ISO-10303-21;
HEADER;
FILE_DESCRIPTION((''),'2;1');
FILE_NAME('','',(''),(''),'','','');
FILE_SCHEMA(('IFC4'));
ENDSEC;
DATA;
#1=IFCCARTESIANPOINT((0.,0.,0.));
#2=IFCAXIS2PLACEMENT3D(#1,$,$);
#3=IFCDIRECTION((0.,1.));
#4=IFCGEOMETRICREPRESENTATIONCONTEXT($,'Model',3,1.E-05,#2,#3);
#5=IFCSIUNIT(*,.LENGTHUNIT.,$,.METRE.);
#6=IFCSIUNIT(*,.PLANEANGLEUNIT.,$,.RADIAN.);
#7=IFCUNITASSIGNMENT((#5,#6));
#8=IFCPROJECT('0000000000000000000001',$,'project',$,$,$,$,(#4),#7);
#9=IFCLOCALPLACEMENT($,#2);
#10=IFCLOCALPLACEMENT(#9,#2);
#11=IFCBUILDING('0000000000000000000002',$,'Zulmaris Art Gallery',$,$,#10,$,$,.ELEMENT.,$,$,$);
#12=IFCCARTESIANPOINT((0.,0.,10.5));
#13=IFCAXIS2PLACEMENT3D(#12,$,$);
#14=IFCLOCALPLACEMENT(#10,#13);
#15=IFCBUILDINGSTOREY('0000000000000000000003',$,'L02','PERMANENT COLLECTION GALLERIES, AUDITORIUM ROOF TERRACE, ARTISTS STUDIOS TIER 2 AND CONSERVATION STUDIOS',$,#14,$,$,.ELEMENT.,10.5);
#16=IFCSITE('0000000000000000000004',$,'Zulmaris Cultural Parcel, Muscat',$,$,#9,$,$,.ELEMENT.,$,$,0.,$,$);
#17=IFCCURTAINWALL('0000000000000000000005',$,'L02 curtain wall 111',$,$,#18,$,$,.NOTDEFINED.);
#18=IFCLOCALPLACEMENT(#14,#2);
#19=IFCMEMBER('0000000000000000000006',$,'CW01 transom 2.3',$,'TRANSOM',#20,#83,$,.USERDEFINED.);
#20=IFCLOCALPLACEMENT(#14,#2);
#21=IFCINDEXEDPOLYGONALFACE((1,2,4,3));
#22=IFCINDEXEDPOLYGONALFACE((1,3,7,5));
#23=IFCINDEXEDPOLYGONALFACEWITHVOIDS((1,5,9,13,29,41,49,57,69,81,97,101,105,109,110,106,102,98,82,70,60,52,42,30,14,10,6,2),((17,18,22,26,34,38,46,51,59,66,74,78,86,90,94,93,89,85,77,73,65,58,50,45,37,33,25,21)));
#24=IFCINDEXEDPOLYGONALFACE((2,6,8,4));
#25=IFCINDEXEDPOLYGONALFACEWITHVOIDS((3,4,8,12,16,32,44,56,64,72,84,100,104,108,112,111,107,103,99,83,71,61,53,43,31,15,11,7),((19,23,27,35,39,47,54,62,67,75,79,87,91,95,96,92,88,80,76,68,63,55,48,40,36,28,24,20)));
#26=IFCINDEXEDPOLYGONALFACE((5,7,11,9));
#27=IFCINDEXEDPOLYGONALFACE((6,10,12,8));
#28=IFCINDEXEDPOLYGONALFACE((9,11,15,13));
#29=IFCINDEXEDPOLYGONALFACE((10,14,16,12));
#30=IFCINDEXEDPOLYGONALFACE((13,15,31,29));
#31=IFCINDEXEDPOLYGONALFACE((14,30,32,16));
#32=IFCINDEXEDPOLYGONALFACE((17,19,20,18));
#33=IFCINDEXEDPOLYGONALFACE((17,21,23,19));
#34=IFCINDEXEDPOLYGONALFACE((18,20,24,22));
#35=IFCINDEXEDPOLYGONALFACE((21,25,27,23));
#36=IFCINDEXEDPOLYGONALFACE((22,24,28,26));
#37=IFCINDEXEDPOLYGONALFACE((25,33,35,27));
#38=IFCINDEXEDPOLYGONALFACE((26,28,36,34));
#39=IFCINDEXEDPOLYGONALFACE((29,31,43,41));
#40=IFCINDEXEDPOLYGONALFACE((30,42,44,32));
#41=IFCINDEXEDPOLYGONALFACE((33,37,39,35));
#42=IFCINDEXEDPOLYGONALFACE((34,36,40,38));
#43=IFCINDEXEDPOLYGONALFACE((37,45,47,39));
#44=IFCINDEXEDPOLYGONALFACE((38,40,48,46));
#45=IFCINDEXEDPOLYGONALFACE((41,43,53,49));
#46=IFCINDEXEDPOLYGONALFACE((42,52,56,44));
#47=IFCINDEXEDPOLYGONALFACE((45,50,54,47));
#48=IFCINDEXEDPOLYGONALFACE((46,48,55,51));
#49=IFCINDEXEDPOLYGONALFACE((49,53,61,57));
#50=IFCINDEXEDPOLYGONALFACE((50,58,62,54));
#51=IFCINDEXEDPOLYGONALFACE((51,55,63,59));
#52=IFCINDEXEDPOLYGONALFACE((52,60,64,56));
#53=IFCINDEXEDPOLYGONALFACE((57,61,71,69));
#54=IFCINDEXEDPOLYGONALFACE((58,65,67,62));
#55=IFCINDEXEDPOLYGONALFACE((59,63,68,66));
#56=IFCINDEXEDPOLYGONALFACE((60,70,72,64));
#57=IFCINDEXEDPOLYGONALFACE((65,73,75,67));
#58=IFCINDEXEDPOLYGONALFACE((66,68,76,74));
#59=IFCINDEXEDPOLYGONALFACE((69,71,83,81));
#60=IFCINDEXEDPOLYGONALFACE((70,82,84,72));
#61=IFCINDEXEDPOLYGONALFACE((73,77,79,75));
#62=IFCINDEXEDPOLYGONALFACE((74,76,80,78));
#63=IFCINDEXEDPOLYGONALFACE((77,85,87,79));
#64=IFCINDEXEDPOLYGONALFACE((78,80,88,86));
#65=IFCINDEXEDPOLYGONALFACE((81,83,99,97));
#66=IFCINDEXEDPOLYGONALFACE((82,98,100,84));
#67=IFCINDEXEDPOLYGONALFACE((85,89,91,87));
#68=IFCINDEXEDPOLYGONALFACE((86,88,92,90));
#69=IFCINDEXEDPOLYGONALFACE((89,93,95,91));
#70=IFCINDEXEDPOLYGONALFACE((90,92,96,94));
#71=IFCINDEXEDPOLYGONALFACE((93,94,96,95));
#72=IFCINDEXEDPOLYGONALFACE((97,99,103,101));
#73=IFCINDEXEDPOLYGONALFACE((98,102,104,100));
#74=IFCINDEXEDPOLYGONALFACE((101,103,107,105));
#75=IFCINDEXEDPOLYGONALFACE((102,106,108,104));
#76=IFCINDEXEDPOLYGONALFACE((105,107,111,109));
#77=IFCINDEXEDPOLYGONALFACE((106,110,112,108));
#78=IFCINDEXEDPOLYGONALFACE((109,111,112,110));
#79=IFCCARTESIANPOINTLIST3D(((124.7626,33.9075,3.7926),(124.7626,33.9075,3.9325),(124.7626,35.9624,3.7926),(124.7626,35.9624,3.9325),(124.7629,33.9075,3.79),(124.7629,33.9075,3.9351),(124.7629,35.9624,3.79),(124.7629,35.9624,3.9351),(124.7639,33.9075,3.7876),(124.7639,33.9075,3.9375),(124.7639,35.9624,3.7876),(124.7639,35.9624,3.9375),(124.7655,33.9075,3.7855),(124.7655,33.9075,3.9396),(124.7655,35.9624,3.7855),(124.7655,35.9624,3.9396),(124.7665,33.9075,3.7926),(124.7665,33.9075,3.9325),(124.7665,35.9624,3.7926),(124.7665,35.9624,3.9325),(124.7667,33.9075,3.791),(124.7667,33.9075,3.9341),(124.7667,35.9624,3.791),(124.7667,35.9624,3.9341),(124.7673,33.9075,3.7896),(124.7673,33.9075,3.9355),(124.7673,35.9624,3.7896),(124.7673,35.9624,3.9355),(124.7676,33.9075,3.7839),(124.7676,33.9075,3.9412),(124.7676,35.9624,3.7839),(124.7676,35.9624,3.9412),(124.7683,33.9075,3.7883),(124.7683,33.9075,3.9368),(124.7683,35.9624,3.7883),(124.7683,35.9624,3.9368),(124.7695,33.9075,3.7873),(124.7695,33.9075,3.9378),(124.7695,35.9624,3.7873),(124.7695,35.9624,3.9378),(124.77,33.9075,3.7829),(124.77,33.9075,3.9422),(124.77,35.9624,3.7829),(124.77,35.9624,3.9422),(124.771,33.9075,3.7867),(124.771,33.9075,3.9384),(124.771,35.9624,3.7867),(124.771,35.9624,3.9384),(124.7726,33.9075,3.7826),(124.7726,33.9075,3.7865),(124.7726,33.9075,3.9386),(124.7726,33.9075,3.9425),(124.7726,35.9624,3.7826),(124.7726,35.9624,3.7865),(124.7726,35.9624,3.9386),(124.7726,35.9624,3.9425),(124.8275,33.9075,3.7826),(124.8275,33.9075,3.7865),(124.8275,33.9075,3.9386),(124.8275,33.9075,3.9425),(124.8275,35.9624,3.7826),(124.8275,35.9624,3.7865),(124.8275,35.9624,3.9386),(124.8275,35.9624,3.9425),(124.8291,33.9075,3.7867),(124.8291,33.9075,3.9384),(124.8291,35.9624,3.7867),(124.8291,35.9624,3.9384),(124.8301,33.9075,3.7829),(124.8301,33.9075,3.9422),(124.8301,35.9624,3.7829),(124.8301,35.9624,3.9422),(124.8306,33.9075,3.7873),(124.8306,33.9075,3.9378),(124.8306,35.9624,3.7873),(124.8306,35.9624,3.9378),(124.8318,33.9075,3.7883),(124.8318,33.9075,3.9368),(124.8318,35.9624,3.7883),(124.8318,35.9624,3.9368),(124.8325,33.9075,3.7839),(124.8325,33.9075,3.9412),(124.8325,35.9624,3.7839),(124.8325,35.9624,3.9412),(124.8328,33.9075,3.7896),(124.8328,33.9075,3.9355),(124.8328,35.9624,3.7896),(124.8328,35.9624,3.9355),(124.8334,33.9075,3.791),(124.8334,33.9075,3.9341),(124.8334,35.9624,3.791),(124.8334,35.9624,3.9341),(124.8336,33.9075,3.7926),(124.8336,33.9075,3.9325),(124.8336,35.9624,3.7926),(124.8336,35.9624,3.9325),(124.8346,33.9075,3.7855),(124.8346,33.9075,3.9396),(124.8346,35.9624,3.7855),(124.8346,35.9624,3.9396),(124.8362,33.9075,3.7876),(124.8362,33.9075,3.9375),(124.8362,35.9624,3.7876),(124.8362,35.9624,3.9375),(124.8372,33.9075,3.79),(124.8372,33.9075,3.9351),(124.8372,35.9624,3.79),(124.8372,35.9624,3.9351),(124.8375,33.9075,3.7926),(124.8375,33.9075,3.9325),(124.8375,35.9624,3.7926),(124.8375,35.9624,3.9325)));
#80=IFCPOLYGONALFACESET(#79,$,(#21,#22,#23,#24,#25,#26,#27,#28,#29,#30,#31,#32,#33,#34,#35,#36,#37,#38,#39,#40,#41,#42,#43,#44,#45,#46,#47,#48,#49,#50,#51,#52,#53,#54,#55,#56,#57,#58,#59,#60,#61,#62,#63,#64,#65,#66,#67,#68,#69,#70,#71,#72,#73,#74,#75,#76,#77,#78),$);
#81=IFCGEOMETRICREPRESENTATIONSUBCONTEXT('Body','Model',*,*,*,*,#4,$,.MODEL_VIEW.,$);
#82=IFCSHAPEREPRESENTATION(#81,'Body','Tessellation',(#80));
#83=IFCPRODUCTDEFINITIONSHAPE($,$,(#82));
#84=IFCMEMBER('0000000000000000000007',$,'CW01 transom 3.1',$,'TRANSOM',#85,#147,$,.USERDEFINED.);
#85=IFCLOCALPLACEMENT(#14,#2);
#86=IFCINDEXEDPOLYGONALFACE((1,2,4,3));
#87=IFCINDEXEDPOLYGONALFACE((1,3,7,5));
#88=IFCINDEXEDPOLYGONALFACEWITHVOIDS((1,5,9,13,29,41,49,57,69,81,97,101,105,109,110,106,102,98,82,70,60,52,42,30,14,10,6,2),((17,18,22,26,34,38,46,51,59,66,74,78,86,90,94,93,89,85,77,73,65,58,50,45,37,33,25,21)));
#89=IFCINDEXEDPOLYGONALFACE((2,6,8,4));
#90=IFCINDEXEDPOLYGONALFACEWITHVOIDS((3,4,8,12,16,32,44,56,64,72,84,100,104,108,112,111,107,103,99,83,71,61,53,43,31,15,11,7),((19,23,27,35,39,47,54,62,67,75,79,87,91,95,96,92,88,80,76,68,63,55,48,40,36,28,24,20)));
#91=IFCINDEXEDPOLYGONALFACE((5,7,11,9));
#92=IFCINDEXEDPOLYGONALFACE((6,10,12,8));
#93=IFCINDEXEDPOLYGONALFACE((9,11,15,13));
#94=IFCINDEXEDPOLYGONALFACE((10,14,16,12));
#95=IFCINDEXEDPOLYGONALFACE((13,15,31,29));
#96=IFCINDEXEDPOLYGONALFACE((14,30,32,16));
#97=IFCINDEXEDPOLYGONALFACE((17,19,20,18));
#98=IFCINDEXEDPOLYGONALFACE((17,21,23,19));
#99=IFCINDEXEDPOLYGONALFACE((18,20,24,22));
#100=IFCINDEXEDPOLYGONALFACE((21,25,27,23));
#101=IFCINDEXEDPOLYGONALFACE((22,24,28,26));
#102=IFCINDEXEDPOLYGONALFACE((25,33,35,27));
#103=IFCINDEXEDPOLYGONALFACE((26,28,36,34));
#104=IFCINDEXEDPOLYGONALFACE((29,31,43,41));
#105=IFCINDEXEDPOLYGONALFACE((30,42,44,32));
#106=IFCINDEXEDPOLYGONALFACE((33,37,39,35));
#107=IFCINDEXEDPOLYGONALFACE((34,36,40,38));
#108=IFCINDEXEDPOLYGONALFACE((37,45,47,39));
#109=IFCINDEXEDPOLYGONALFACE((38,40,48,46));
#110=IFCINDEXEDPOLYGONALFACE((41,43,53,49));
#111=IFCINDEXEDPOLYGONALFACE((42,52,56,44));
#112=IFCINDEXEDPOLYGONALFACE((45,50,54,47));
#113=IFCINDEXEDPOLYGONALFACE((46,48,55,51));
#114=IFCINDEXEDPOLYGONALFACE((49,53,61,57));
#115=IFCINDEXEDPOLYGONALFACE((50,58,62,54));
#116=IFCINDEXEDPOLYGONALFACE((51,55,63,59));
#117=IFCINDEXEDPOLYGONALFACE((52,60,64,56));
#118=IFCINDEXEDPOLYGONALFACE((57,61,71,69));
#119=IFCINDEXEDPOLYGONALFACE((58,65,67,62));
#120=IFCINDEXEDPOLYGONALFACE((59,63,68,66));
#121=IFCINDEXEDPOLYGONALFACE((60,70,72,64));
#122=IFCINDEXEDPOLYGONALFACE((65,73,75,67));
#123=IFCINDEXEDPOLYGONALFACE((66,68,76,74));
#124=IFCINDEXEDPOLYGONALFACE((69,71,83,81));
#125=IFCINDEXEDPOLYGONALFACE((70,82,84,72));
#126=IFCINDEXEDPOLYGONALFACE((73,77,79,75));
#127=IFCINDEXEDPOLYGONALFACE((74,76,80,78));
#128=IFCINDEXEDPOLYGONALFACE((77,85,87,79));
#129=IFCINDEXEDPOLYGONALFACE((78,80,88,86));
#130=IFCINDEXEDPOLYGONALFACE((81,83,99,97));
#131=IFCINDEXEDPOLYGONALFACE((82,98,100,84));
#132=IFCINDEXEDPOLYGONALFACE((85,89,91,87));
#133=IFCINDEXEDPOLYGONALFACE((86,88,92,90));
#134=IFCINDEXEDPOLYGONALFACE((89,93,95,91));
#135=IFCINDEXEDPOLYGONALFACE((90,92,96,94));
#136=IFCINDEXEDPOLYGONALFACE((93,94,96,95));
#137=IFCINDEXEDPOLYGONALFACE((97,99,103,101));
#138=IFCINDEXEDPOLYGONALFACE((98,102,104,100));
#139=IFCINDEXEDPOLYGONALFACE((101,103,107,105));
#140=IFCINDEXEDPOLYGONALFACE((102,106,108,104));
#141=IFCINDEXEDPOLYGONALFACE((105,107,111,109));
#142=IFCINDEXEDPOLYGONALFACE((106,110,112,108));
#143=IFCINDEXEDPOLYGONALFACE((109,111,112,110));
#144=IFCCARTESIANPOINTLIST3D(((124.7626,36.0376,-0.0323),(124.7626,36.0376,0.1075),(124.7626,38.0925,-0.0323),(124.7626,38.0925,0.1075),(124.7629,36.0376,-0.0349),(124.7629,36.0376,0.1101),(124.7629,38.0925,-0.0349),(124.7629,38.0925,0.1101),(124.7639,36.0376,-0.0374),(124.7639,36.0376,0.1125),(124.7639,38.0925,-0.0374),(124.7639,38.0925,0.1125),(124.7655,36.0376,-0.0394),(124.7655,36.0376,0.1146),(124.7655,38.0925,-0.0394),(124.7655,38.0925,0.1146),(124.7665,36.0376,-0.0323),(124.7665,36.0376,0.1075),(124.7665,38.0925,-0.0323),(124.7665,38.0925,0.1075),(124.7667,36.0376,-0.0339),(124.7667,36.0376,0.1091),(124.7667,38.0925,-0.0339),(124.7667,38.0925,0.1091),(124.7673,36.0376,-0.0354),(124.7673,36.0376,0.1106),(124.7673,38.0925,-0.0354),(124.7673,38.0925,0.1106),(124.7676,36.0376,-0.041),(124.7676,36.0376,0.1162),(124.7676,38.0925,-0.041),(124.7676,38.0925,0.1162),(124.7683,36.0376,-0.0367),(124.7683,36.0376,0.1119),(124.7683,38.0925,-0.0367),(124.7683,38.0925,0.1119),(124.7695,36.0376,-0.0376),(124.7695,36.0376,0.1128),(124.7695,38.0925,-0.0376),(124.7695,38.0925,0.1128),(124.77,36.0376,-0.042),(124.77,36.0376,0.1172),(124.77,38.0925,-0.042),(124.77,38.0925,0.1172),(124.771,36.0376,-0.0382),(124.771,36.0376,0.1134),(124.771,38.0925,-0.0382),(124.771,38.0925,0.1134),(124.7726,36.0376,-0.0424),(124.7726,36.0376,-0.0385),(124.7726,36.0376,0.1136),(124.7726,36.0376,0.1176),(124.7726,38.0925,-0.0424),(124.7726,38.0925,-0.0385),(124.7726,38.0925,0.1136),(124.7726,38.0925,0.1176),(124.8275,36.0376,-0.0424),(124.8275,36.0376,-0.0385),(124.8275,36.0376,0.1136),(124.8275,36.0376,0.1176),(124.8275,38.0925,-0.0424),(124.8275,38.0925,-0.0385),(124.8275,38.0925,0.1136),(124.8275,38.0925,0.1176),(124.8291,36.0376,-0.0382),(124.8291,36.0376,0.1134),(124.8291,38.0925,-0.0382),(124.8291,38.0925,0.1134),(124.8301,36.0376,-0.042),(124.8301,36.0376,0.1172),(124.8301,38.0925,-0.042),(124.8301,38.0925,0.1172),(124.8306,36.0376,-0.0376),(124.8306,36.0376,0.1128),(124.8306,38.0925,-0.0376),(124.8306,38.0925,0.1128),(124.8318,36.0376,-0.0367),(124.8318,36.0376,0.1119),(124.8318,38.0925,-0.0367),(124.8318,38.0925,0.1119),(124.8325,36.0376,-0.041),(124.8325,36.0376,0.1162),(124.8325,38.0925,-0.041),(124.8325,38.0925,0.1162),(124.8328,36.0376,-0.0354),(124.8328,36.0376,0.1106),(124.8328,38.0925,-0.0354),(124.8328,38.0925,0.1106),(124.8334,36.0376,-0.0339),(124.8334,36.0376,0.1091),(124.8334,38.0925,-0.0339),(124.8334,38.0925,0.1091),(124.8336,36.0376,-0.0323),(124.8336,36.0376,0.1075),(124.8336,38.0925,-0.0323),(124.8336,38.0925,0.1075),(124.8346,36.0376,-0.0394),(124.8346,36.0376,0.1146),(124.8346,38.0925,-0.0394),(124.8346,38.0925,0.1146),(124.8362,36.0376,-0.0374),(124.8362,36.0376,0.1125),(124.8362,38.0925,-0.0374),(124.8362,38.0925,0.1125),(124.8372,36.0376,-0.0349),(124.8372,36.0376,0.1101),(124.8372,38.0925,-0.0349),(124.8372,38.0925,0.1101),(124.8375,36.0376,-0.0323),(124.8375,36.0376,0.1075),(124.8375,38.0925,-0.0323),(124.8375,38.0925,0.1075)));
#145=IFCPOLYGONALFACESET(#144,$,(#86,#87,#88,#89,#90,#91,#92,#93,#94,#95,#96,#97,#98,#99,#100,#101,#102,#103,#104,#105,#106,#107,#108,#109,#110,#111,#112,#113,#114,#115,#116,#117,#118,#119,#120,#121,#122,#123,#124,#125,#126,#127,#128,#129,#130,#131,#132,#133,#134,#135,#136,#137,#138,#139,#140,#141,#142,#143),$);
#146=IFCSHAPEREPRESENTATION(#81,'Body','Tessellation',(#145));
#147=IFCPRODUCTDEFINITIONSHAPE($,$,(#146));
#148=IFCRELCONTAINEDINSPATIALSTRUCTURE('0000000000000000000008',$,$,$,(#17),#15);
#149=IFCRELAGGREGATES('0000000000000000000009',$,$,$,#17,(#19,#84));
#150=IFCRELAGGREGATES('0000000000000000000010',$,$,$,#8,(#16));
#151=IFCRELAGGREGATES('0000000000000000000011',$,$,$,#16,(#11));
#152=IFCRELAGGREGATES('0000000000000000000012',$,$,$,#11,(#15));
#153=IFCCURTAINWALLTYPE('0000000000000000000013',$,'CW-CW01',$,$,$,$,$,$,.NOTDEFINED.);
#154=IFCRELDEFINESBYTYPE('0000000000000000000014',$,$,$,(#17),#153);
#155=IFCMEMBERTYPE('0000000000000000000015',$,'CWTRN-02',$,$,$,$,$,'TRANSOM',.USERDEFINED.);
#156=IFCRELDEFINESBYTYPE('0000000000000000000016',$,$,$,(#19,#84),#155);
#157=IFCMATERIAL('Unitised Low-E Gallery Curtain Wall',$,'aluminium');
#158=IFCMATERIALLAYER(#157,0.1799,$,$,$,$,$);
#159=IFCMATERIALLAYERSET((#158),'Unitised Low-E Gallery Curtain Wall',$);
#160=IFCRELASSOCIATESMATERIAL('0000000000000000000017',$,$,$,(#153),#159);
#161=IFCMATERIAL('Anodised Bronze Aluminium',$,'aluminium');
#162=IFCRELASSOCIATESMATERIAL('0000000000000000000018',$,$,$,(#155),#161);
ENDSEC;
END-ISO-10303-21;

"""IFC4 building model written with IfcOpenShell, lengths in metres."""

from ifc_helpers import new_model, si_unit, direction, frame, origin, origin_2d, place, context, subcontext, project, spatial, hollow_rectangle, extrude, material, layer, layer_set, material_profile, profile_set, type_object, element, aggregate, save


model = new_model("IFC4")

# Units and contexts
model_context = context("Model", 3, precision=1e-05, world=origin(), true_north=direction((0.0, 1.0)))
body_context = subcontext(model_context, "Body", "Model", "MODEL_VIEW")
ifc_project = project(units=[si_unit("LENGTHUNIT", "METRE"), si_unit("PLANEANGLEUNIT", "RADIAN")], contexts=[model_context])

# Site, building, storey
site_placement = place(None, origin())
site = spatial("IfcSite", under=ifc_project, at=site_placement, Name="Zulmaris Cultural Parcel, Muscat", CompositionType="ELEMENT", RefElevation=0.0)
building_placement = place(site_placement, origin())
building = spatial("IfcBuilding", under=site, at=building_placement, Name="Zulmaris Art Gallery", CompositionType="ELEMENT")
storey_placement = place(building_placement, frame((0.0, 0.0, 10.5)))
storey = spatial("IfcBuildingStorey", under=building, at=storey_placement, Name="L02", Description="PERMANENT COLLECTION GALLERIES, AUDITORIUM ROOF TERRACE, ARTISTS STUDIOS TIER 2 AND CONSERVATION STUDIOS", CompositionType="ELEMENT", Elevation=10.5)

# Curtain wall
ifc_material_1 = material(Name="Unitised Low-E Gallery Curtain Wall", Category="aluminium")
ifc_layer_1 = layer(ifc_material_1, 0.1799)
ifc_layer_set_1 = layer_set([ifc_layer_1], Name="Unitised Low-E Gallery Curtain Wall")
curtain_wall_type = type_object("IfcCurtainWallType", Name="CW-CW01", PredefinedType="NOTDEFINED", material=ifc_layer_set_1)
curtain_wall_1_placement = place(storey_placement, origin())
curtain_wall_1 = element("IfcCurtainWall", 1, at=curtain_wall_1_placement, inside=storey, type_object=curtain_wall_type, Name="L02 curtain wall 111", PredefinedType="NOTDEFINED")
ifc_material_2 = material(Name="Anodised Bronze Aluminium", Category="aluminium")

# Members
ifc_material_profile_1 = material_profile(ifc_material_2, hollow_rectangle(XDim=0.075, YDim=0.1599, WallThickness=0.0039, InnerFilletRadius=0.0061, OuterFilletRadius=0.01, at=origin_2d()), Name="ALU 75x160x4")
ifc_profile_set_1 = profile_set([ifc_material_profile_1], Name="Anodised Bronze Aluminium")
member_type_1 = type_object("IfcMemberType", Name="CWTRN-02", ElementType="TRANSOM", PredefinedType="USERDEFINED", material=ifc_profile_set_1)
member_1_placement = place(storey_placement, frame((124.8, 33.9075, 3.8625), z_axis=(0.0, 1.0, 0.0), x_axis=(-1.0, 0.0, 0.0)))
member_1 = element("IfcMember", 2, at=member_1_placement, type_object=member_type_1, Name="CW01 transom 2.3", ObjectType="TRANSOM", PredefinedType="USERDEFINED", context=body_context, shape_type="SweptSolid", body=[
    extrude(hollow_rectangle(XDim=0.075, YDim=0.1599, WallThickness=0.0039, InnerFilletRadius=0.0061, OuterFilletRadius=0.01, at=origin_2d()), origin(), (0.0, 0.0, 1.0), 2.0549),
])
member_2_placement = place(storey_placement, frame((124.8, 36.0376, 0.0376), z_axis=(0.0, 1.0, 0.0), x_axis=(-1.0, 0.0, 0.0)))
member_2 = element("IfcMember", 3, at=member_2_placement, type_object=member_type_1, Name="CW01 transom 3.1", ObjectType="TRANSOM", PredefinedType="USERDEFINED", context=body_context, shape_type="SweptSolid", body=[
    extrude(hollow_rectangle(XDim=0.075, YDim=0.1599, WallThickness=0.0039, InnerFilletRadius=0.0061, OuterFilletRadius=0.01, at=origin_2d()), origin(), (0.0, 0.0, 1.0), 2.0549),
])

aggregate(curtain_wall_1, [member_1, member_2])

save(model, "model.ifc")
